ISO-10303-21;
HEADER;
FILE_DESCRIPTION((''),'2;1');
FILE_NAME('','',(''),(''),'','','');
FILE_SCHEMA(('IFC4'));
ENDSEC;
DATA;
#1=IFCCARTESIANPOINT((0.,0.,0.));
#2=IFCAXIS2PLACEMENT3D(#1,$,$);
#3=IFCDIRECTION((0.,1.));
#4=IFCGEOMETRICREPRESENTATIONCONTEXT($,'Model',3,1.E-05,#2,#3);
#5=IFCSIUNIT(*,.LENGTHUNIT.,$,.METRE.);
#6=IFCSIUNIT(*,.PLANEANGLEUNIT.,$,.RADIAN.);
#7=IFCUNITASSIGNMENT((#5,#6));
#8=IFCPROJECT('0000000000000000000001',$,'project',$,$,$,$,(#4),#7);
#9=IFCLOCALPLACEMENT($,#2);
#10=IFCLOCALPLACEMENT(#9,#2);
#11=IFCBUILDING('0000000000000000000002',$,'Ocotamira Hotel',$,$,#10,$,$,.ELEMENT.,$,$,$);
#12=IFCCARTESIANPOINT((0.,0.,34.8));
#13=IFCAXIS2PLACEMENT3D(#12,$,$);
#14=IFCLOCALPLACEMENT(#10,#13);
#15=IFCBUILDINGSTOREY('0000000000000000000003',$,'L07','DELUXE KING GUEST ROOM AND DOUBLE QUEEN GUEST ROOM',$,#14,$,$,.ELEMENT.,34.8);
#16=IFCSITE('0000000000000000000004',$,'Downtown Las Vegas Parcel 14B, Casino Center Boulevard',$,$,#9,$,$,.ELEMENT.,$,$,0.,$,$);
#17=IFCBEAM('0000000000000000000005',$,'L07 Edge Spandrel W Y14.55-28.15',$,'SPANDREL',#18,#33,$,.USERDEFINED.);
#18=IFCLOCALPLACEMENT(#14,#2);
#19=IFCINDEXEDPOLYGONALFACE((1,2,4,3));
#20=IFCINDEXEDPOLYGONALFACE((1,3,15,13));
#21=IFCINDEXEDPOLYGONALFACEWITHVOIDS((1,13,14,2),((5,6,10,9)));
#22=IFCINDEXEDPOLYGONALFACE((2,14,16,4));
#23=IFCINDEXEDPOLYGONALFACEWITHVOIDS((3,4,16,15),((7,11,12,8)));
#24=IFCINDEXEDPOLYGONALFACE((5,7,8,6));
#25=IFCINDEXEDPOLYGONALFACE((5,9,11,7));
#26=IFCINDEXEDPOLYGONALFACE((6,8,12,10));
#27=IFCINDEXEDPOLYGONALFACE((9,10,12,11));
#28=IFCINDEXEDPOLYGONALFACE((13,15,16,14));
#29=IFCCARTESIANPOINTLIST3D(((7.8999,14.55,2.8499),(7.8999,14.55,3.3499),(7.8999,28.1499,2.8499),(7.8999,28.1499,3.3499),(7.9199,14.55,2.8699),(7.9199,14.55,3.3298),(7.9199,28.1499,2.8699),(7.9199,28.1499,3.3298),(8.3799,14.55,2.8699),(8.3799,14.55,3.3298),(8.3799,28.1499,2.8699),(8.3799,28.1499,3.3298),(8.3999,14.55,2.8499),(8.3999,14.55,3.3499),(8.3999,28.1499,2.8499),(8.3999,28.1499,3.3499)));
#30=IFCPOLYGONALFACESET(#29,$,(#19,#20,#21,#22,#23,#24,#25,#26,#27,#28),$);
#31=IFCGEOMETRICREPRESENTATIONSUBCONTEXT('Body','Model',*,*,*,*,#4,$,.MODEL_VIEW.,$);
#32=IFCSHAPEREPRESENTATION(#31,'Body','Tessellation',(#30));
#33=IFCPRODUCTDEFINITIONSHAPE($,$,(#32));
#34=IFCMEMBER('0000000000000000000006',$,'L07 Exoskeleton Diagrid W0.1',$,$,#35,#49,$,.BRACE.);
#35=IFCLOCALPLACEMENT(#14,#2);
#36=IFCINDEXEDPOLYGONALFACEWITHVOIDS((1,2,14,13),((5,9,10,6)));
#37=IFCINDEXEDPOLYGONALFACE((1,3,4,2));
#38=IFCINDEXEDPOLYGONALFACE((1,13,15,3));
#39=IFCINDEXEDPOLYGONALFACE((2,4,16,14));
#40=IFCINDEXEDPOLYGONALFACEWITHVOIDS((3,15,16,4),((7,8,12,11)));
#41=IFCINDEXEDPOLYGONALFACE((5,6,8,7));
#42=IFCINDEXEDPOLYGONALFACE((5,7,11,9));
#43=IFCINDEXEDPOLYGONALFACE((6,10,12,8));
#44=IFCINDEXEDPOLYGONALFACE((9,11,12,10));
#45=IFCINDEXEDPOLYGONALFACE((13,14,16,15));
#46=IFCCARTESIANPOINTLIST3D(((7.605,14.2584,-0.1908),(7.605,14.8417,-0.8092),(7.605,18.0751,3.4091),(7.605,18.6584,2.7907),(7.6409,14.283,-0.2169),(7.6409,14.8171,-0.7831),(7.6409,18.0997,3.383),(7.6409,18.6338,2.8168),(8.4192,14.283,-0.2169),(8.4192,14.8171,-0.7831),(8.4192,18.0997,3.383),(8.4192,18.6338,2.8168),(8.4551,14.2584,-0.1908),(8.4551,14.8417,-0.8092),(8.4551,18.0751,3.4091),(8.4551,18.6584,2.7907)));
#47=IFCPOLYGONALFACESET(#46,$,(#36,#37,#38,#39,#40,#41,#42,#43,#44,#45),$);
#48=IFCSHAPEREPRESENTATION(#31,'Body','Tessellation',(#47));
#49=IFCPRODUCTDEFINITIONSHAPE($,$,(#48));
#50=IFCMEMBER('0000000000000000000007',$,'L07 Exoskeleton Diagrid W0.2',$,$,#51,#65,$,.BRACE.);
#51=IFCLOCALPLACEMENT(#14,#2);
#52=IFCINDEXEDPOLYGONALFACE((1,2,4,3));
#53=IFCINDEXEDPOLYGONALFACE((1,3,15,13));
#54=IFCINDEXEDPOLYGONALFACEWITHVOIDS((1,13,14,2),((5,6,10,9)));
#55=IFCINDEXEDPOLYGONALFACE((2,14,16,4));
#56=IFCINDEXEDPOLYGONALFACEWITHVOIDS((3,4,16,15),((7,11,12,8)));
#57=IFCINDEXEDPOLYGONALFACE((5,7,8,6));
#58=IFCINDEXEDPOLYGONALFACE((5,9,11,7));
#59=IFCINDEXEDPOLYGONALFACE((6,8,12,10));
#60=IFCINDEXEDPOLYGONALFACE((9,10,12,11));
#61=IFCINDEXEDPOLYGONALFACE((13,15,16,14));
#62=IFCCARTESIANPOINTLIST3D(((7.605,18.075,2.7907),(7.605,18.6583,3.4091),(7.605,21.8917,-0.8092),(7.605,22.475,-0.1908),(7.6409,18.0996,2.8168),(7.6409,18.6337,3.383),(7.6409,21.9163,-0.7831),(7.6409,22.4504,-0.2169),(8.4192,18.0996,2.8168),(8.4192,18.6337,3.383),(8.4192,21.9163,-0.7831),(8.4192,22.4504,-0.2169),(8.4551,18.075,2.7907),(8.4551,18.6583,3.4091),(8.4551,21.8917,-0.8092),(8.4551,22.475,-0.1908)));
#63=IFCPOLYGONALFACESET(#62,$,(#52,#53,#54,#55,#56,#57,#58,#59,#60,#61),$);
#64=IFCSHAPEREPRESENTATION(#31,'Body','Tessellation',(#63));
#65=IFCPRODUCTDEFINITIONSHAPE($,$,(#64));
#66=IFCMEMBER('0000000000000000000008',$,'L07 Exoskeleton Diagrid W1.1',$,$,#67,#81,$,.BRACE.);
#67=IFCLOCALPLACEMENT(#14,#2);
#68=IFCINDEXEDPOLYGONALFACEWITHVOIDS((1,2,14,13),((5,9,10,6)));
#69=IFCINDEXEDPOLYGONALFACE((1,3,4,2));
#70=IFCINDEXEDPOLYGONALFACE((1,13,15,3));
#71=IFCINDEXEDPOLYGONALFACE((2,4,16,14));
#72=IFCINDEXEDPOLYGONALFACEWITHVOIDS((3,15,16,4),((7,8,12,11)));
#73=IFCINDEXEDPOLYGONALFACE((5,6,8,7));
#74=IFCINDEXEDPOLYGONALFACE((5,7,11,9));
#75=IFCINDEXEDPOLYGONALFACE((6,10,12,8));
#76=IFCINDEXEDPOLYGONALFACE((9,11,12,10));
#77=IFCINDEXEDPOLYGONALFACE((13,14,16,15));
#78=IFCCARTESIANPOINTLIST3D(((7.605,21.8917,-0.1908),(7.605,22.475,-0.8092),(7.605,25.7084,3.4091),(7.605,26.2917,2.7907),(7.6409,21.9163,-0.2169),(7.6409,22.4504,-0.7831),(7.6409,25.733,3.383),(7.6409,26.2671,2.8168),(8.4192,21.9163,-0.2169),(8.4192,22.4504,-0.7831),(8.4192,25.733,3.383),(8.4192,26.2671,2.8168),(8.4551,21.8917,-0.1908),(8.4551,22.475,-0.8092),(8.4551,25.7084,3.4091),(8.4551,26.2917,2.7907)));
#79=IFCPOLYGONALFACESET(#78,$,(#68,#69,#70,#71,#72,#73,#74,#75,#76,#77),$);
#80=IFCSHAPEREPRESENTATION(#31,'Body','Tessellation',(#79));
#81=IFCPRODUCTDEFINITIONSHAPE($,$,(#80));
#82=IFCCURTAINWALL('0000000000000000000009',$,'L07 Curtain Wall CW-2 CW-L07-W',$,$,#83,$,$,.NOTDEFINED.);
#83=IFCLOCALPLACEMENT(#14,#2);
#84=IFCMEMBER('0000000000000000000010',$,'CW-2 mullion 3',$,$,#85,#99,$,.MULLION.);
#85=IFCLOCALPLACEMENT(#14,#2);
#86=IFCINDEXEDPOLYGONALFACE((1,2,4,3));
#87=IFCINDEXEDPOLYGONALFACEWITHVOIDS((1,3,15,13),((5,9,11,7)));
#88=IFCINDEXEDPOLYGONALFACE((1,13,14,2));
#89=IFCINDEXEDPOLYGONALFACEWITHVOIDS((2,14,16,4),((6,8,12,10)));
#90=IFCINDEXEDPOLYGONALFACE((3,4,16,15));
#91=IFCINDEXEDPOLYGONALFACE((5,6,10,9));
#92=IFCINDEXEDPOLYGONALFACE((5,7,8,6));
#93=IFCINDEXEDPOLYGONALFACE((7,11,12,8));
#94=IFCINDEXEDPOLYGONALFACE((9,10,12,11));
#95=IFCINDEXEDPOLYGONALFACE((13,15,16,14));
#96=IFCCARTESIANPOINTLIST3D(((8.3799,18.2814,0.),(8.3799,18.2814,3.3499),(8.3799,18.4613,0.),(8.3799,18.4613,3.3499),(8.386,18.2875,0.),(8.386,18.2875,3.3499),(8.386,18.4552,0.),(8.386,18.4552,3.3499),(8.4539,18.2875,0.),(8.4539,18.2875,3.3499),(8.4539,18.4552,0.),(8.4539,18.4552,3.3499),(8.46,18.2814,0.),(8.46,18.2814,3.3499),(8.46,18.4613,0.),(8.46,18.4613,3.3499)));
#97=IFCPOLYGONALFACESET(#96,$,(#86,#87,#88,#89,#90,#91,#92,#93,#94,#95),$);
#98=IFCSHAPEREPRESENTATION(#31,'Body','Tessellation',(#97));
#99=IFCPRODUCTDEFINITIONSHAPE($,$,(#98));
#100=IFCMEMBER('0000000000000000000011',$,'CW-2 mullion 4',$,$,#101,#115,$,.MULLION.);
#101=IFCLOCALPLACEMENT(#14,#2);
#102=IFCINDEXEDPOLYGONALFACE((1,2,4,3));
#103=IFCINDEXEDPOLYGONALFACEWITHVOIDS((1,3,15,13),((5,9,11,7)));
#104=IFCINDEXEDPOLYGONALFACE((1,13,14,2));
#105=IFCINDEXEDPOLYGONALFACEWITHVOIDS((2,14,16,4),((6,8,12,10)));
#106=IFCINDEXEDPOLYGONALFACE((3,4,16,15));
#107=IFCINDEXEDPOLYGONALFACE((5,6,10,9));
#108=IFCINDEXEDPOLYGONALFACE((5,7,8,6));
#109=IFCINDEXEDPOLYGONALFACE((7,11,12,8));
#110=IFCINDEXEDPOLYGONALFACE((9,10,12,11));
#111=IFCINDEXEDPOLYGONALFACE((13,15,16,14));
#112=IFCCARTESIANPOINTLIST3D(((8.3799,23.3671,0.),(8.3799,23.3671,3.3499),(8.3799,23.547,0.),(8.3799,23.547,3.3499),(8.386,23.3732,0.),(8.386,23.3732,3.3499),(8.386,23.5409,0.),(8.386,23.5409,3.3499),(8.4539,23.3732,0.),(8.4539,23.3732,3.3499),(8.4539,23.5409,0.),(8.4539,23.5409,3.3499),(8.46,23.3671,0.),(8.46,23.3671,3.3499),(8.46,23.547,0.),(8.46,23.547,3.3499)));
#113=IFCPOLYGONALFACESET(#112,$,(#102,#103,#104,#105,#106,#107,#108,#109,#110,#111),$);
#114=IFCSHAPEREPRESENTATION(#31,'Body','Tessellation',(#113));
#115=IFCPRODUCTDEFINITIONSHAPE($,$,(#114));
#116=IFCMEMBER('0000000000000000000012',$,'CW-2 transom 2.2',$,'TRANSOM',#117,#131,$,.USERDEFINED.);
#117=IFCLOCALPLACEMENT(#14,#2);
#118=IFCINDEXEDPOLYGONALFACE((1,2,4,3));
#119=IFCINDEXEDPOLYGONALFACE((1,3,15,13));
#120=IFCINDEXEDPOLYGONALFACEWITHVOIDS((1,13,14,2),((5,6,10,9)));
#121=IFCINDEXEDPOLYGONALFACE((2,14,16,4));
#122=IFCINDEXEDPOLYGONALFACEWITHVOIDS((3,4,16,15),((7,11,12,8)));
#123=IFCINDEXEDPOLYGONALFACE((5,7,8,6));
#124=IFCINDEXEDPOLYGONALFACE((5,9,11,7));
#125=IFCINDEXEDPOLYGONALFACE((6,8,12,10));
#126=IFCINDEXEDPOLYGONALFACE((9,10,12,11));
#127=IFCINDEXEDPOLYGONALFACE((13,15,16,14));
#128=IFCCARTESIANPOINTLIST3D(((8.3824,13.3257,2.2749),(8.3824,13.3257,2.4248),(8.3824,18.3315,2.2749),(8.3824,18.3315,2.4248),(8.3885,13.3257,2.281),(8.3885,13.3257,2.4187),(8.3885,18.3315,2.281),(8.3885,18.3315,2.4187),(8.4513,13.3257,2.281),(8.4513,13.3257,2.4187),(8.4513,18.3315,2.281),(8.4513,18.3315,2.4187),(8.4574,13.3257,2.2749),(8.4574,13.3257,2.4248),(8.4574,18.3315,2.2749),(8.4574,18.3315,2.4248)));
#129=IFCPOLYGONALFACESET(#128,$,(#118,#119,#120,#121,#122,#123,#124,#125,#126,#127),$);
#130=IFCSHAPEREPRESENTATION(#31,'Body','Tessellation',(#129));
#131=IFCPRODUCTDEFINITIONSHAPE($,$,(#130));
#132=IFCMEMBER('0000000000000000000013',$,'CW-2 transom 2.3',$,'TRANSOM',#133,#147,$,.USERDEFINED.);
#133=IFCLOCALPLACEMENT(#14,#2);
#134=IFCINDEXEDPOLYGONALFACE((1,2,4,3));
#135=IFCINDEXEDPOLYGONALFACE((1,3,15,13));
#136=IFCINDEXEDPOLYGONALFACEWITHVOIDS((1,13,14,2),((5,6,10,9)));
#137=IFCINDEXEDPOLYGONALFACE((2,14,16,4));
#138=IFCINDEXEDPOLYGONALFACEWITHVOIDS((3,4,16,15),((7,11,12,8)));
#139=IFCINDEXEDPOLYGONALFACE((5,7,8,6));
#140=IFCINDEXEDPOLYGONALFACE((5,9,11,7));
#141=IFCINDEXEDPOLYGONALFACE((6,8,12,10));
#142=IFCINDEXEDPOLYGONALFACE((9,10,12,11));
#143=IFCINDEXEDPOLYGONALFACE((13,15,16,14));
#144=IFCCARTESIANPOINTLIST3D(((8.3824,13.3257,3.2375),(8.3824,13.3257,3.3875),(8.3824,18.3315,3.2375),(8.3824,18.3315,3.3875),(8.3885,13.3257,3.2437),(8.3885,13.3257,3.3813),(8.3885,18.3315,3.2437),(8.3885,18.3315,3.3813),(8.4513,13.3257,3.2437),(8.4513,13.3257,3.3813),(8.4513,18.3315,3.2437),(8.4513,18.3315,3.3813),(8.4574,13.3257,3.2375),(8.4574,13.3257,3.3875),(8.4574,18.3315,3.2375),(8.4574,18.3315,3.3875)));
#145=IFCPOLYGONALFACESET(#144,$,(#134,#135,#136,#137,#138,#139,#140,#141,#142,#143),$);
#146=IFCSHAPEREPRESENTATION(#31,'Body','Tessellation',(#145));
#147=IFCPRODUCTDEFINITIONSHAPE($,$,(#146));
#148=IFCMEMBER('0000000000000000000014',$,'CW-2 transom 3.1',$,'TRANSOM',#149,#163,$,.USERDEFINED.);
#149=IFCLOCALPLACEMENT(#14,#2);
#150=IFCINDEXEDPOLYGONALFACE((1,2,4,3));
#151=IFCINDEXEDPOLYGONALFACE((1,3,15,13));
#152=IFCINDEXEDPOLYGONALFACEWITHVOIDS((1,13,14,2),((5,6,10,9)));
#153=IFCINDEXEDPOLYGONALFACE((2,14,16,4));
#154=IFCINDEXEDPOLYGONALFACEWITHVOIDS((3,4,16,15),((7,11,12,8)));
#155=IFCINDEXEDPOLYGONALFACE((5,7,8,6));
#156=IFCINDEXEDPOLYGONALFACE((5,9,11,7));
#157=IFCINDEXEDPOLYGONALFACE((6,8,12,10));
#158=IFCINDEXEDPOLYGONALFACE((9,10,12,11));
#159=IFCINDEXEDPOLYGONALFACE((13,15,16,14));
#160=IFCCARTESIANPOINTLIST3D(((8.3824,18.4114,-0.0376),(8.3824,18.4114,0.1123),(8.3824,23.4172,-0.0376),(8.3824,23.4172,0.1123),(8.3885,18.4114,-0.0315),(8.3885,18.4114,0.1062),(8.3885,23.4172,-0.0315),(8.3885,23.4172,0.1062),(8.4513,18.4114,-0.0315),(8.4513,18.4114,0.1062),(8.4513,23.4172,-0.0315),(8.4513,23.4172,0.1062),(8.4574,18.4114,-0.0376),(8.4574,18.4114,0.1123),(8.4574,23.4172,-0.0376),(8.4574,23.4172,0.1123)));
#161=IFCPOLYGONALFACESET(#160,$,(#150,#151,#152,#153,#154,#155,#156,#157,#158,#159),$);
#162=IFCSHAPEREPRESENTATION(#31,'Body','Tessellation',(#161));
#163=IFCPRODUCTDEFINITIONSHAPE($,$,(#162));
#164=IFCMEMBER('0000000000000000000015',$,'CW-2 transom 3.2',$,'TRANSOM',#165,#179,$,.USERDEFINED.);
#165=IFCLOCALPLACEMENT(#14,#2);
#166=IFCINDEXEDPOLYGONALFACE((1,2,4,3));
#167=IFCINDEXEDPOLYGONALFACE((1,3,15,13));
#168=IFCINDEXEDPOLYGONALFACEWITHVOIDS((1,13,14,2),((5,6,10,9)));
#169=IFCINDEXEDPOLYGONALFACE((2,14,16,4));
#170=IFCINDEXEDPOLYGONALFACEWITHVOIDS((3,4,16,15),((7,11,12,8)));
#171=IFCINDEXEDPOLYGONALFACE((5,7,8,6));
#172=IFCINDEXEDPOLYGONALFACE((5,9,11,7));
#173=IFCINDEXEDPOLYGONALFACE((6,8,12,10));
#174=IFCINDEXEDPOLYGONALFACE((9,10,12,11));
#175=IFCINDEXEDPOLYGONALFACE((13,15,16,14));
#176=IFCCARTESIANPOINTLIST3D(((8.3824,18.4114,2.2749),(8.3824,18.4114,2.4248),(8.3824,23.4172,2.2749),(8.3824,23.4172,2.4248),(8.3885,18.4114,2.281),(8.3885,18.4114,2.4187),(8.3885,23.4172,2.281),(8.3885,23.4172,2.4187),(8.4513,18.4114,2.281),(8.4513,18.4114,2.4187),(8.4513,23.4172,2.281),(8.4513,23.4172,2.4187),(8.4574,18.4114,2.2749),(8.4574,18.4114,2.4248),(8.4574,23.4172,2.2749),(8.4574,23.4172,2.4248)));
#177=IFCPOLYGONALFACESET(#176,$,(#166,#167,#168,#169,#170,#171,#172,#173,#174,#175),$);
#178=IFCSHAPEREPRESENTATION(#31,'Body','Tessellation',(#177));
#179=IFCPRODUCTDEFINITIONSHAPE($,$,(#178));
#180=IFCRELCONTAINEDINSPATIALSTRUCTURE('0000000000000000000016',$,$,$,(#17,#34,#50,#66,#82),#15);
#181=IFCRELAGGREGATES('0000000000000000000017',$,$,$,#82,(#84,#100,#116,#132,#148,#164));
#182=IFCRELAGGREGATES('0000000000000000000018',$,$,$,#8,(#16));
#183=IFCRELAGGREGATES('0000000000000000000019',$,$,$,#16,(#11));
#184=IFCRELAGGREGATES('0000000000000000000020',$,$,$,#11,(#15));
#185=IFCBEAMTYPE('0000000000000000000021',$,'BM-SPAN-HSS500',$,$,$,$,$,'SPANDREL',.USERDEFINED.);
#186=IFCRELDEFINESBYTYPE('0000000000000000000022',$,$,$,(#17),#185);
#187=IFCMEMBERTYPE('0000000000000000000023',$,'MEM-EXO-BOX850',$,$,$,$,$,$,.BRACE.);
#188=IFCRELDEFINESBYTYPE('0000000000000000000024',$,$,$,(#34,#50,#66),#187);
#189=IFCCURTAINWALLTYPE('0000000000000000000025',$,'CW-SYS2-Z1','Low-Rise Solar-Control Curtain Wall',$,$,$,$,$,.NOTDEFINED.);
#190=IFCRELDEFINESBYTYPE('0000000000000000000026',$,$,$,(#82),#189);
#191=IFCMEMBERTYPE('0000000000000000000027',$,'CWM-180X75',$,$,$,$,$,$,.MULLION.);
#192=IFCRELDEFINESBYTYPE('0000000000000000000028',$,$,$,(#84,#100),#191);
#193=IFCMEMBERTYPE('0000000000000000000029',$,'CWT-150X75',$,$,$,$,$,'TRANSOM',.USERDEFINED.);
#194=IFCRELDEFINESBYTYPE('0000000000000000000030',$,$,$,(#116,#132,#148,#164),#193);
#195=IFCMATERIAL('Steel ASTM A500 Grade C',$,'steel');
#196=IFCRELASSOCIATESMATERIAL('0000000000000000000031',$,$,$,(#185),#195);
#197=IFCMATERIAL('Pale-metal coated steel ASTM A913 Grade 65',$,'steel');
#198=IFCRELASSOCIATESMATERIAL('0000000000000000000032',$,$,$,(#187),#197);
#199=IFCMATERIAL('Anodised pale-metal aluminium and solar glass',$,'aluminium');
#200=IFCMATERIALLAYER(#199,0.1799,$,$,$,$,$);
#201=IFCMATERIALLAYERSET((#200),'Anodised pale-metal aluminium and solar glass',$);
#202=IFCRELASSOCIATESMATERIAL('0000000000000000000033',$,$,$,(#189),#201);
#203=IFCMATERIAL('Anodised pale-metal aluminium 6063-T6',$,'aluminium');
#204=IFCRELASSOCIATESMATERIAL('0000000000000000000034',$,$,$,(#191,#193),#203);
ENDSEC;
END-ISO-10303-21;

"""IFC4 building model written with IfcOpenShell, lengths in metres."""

from ifc_helpers import new_model, si_unit, direction, frame, origin, origin_2d, place, context, subcontext, project, spatial, hollow_rectangle, extrude, source, transform, mapped, material, layer, layer_set, material_profile, profile_set, type_object, element, aggregate, save


model = new_model("IFC4")

# Units and contexts
model_context = context("Model", 3, precision=1e-05, world=origin(), true_north=direction((0.0, 1.0)))
body_context = subcontext(model_context, "Body", "Model", "MODEL_VIEW")
ifc_project = project(units=[si_unit("LENGTHUNIT", "METRE"), si_unit("PLANEANGLEUNIT", "RADIAN")], contexts=[model_context])

# Site, building, storey
site_placement = place(None, origin())
site = spatial("IfcSite", under=ifc_project, at=site_placement, Name="Downtown Las Vegas Parcel 14B, Casino Center Boulevard", CompositionType="ELEMENT", RefElevation=0.0)
building_placement = place(site_placement, origin())
building = spatial("IfcBuilding", under=site, at=building_placement, Name="Ocotamira Hotel", CompositionType="ELEMENT")
storey_placement = place(building_placement, frame((0.0, 0.0, 34.8)))
storey = spatial("IfcBuildingStorey", under=building, at=storey_placement, Name="L07", Description="DELUXE KING GUEST ROOM AND DOUBLE QUEEN GUEST ROOM", CompositionType="ELEMENT", Elevation=34.8)

# Beam
ifc_material_1 = material(Name="Steel ASTM A500 Grade C", Category="steel")
ifc_material_profile_1 = material_profile(ifc_material_1, hollow_rectangle(XDim=0.5, YDim=0.5, WallThickness=0.02, at=origin_2d()), Name="HSS500X500X20")
ifc_profile_set_1 = profile_set([ifc_material_profile_1], Name="Steel ASTM A500 Grade C")
beam_type_1 = type_object("IfcBeamType", Name="BM-SPAN-HSS500", ElementType="SPANDREL", PredefinedType="USERDEFINED", material=ifc_profile_set_1)
shared_shape_1 = source(origin(), body_context, "Body", "SweptSolid", [
    extrude(hollow_rectangle(XDim=0.5, YDim=0.5, WallThickness=0.02, at=origin_2d()), origin(), (0.0, 0.0, 1.0), 13.5999),
])
beam_1_placement = place(storey_placement, frame((8.1499, 14.55, 3.0999), z_axis=(0.0, 1.0, 0.0), x_axis=(-1.0, 0.0, 0.0)))
element("IfcBeam", 1, at=beam_1_placement, inside=storey, type_object=beam_type_1, Name="L07 Edge Spandrel W Y14.55-28.15", ObjectType="SPANDREL", PredefinedType="USERDEFINED", context=body_context, shape_type="MappedRepresentation", body=[
    mapped(shared_shape_1, transform((0.0, 0.0, 0.0), scale=1.0)),
])

# Members
ifc_material_2 = material(Name="Pale-metal coated steel ASTM A913 Grade 65", Category="steel")
ifc_material_profile_2 = material_profile(ifc_material_2, hollow_rectangle(XDim=0.8501, YDim=0.8501, WallThickness=0.0359, at=origin_2d()), Name="BOX850X850X36")
ifc_profile_set_2 = profile_set([ifc_material_profile_2], Name="Pale-metal coated steel ASTM A913 Grade 65")
member_type_1 = type_object("IfcMemberType", Name="MEM-EXO-BOX850", PredefinedType="BRACE", material=ifc_profile_set_2)
shared_shape_2 = source(origin(), body_context, "Body", "SweptSolid", [
    extrude(hollow_rectangle(XDim=0.8501, YDim=0.8501, WallThickness=0.0359, at=origin_2d()), origin(), (0.0, 0.0, 1.0), 5.2466),
])
for number, where, z_axis, x_axis, name in (
    (2, (8.03, 14.55, -0.5), (0.0, 0.727466, 0.686144), (-1.0, 0.0, 0.0), "L07 Exoskeleton Diagrid W0.1"),
    (3, (8.03, 22.1833, -0.5), (0.0, -0.727466, 0.686144), (1.0, 0.0, 0.0), "L07 Exoskeleton Diagrid W0.2"),
    (4, (8.03, 22.1833, -0.5), (0.0, 0.727466, 0.686144), (-1.0, 0.0, 0.0), "L07 Exoskeleton Diagrid W1.1"),
):
    element("IfcMember", number, at=place(storey_placement, frame(where, z_axis=z_axis, x_axis=x_axis)), inside=storey, type_object=member_type_1, Name=name, PredefinedType="BRACE", context=body_context, shape_type="MappedRepresentation", body=[
        mapped(shared_shape_2, transform((0.0, 0.0, 0.0), scale=1.0)),
    ])

# Curtain wall, members
ifc_material_3 = material(Name="Anodised pale-metal aluminium and solar glass", Category="aluminium")
ifc_layer_1 = layer(ifc_material_3, 0.1799)
ifc_layer_set_1 = layer_set([ifc_layer_1], Name="Anodised pale-metal aluminium and solar glass")
curtain_wall_type = type_object("IfcCurtainWallType", Name="CW-SYS2-Z1", Description="Low-Rise Solar-Control Curtain Wall", PredefinedType="NOTDEFINED", material=ifc_layer_set_1)
curtain_wall_placement = place(storey_placement, origin())
curtain_wall = element("IfcCurtainWall", 5, at=curtain_wall_placement, inside=storey, type_object=curtain_wall_type, Name="L07 Curtain Wall CW-2 CW-L07-W", PredefinedType="NOTDEFINED")
ifc_material_4 = material(Name="Anodised pale-metal aluminium 6063-T6", Category="aluminium")
ifc_material_profile_3 = material_profile(ifc_material_4, hollow_rectangle(XDim=0.0801, YDim=0.1799, WallThickness=0.0061, at=origin_2d()), Name="HSS180X80X6")
ifc_profile_set_3 = profile_set([ifc_material_profile_3], Name="Anodised pale-metal aluminium 6063-T6")
member_type_2 = type_object("IfcMemberType", Name="CWM-180X75", PredefinedType="MULLION", material=ifc_profile_set_3)
shared_shape_3 = source(origin(), body_context, "Body", "SweptSolid", [
    extrude(hollow_rectangle(XDim=0.0801, YDim=0.1799, WallThickness=0.0061, at=origin_2d()), origin(), (0.0, 0.0, 1.0), 3.3499),
])
member_1_placement = place(storey_placement, frame((8.4199, 18.3713, 0.0), z_axis=(0.0, 0.0, 1.0), x_axis=(-1.0, 0.0, 0.0)))
member_1 = element("IfcMember", 6, at=member_1_placement, type_object=member_type_2, Name="CW-2 mullion 3", PredefinedType="MULLION", context=body_context, shape_type="MappedRepresentation", body=[
    mapped(shared_shape_3, transform((0.0, 0.0, 0.0), scale=1.0)),
])
member_2_placement = place(storey_placement, frame((8.4199, 23.457, 0.0), z_axis=(0.0, 0.0, 1.0), x_axis=(-1.0, 0.0, 0.0)))
member_2 = element("IfcMember", 7, at=member_2_placement, type_object=member_type_2, Name="CW-2 mullion 4", PredefinedType="MULLION", context=body_context, shape_type="MappedRepresentation", body=[
    mapped(shared_shape_3, transform((0.0, 0.0, 0.0), scale=1.0)),
])
ifc_material_profile_4 = material_profile(ifc_material_4, hollow_rectangle(XDim=0.075, YDim=0.1499, WallThickness=0.0061, at=origin_2d()), Name="HSS150X75X6")
ifc_profile_set_4 = profile_set([ifc_material_profile_4], Name="Anodised pale-metal aluminium 6063-T6")
member_type_3 = type_object("IfcMemberType", Name="CWT-150X75", ElementType="TRANSOM", PredefinedType="USERDEFINED", material=ifc_profile_set_4)
shared_shape_4 = source(origin(), body_context, "Body", "SweptSolid", [
    extrude(hollow_rectangle(XDim=0.075, YDim=0.1499, WallThickness=0.0061, at=origin_2d()), origin(), (0.0, 0.0, 1.0), 5.0059),
])
member_3_placement = place(storey_placement, frame((8.4199, 13.3257, 2.3499), z_axis=(0.0, 1.0, 0.0), x_axis=(-1.0, 0.0, 0.0)))
member_3 = element("IfcMember", 8, at=member_3_placement, type_object=member_type_3, Name="CW-2 transom 2.2", ObjectType="TRANSOM", PredefinedType="USERDEFINED", context=body_context, shape_type="MappedRepresentation", body=[
    mapped(shared_shape_4, transform((0.0, 0.0, 0.0), scale=1.0)),
])
member_4_placement = place(storey_placement, frame((8.4199, 13.3257, 3.3125), z_axis=(0.0, 1.0, 0.0), x_axis=(-1.0, 0.0, 0.0)))
member_4 = element("IfcMember", 9, at=member_4_placement, type_object=member_type_3, Name="CW-2 transom 2.3", ObjectType="TRANSOM", PredefinedType="USERDEFINED", context=body_context, shape_type="MappedRepresentation", body=[
    mapped(shared_shape_4, transform((0.0, 0.0, 0.0), scale=1.0)),
])
member_5_placement = place(storey_placement, frame((8.4199, 18.4114, 0.0374), z_axis=(0.0, 1.0, 0.0), x_axis=(-1.0, 0.0, 0.0)))
member_5 = element("IfcMember", 10, at=member_5_placement, type_object=member_type_3, Name="CW-2 transom 3.1", ObjectType="TRANSOM", PredefinedType="USERDEFINED", context=body_context, shape_type="MappedRepresentation", body=[
    mapped(shared_shape_4, transform((0.0, 0.0, 0.0), scale=1.0)),
])
member_6_placement = place(storey_placement, frame((8.4199, 18.4114, 2.3499), z_axis=(0.0, 1.0, 0.0), x_axis=(-1.0, 0.0, 0.0)))
member_6 = element("IfcMember", 11, at=member_6_placement, type_object=member_type_3, Name="CW-2 transom 3.2", ObjectType="TRANSOM", PredefinedType="USERDEFINED", context=body_context, shape_type="MappedRepresentation", body=[
    mapped(shared_shape_4, transform((0.0, 0.0, 0.0), scale=1.0)),
])

aggregate(curtain_wall, [member_1, member_2, member_3, member_4, member_5, member_6])

save(model, "model.ifc")
